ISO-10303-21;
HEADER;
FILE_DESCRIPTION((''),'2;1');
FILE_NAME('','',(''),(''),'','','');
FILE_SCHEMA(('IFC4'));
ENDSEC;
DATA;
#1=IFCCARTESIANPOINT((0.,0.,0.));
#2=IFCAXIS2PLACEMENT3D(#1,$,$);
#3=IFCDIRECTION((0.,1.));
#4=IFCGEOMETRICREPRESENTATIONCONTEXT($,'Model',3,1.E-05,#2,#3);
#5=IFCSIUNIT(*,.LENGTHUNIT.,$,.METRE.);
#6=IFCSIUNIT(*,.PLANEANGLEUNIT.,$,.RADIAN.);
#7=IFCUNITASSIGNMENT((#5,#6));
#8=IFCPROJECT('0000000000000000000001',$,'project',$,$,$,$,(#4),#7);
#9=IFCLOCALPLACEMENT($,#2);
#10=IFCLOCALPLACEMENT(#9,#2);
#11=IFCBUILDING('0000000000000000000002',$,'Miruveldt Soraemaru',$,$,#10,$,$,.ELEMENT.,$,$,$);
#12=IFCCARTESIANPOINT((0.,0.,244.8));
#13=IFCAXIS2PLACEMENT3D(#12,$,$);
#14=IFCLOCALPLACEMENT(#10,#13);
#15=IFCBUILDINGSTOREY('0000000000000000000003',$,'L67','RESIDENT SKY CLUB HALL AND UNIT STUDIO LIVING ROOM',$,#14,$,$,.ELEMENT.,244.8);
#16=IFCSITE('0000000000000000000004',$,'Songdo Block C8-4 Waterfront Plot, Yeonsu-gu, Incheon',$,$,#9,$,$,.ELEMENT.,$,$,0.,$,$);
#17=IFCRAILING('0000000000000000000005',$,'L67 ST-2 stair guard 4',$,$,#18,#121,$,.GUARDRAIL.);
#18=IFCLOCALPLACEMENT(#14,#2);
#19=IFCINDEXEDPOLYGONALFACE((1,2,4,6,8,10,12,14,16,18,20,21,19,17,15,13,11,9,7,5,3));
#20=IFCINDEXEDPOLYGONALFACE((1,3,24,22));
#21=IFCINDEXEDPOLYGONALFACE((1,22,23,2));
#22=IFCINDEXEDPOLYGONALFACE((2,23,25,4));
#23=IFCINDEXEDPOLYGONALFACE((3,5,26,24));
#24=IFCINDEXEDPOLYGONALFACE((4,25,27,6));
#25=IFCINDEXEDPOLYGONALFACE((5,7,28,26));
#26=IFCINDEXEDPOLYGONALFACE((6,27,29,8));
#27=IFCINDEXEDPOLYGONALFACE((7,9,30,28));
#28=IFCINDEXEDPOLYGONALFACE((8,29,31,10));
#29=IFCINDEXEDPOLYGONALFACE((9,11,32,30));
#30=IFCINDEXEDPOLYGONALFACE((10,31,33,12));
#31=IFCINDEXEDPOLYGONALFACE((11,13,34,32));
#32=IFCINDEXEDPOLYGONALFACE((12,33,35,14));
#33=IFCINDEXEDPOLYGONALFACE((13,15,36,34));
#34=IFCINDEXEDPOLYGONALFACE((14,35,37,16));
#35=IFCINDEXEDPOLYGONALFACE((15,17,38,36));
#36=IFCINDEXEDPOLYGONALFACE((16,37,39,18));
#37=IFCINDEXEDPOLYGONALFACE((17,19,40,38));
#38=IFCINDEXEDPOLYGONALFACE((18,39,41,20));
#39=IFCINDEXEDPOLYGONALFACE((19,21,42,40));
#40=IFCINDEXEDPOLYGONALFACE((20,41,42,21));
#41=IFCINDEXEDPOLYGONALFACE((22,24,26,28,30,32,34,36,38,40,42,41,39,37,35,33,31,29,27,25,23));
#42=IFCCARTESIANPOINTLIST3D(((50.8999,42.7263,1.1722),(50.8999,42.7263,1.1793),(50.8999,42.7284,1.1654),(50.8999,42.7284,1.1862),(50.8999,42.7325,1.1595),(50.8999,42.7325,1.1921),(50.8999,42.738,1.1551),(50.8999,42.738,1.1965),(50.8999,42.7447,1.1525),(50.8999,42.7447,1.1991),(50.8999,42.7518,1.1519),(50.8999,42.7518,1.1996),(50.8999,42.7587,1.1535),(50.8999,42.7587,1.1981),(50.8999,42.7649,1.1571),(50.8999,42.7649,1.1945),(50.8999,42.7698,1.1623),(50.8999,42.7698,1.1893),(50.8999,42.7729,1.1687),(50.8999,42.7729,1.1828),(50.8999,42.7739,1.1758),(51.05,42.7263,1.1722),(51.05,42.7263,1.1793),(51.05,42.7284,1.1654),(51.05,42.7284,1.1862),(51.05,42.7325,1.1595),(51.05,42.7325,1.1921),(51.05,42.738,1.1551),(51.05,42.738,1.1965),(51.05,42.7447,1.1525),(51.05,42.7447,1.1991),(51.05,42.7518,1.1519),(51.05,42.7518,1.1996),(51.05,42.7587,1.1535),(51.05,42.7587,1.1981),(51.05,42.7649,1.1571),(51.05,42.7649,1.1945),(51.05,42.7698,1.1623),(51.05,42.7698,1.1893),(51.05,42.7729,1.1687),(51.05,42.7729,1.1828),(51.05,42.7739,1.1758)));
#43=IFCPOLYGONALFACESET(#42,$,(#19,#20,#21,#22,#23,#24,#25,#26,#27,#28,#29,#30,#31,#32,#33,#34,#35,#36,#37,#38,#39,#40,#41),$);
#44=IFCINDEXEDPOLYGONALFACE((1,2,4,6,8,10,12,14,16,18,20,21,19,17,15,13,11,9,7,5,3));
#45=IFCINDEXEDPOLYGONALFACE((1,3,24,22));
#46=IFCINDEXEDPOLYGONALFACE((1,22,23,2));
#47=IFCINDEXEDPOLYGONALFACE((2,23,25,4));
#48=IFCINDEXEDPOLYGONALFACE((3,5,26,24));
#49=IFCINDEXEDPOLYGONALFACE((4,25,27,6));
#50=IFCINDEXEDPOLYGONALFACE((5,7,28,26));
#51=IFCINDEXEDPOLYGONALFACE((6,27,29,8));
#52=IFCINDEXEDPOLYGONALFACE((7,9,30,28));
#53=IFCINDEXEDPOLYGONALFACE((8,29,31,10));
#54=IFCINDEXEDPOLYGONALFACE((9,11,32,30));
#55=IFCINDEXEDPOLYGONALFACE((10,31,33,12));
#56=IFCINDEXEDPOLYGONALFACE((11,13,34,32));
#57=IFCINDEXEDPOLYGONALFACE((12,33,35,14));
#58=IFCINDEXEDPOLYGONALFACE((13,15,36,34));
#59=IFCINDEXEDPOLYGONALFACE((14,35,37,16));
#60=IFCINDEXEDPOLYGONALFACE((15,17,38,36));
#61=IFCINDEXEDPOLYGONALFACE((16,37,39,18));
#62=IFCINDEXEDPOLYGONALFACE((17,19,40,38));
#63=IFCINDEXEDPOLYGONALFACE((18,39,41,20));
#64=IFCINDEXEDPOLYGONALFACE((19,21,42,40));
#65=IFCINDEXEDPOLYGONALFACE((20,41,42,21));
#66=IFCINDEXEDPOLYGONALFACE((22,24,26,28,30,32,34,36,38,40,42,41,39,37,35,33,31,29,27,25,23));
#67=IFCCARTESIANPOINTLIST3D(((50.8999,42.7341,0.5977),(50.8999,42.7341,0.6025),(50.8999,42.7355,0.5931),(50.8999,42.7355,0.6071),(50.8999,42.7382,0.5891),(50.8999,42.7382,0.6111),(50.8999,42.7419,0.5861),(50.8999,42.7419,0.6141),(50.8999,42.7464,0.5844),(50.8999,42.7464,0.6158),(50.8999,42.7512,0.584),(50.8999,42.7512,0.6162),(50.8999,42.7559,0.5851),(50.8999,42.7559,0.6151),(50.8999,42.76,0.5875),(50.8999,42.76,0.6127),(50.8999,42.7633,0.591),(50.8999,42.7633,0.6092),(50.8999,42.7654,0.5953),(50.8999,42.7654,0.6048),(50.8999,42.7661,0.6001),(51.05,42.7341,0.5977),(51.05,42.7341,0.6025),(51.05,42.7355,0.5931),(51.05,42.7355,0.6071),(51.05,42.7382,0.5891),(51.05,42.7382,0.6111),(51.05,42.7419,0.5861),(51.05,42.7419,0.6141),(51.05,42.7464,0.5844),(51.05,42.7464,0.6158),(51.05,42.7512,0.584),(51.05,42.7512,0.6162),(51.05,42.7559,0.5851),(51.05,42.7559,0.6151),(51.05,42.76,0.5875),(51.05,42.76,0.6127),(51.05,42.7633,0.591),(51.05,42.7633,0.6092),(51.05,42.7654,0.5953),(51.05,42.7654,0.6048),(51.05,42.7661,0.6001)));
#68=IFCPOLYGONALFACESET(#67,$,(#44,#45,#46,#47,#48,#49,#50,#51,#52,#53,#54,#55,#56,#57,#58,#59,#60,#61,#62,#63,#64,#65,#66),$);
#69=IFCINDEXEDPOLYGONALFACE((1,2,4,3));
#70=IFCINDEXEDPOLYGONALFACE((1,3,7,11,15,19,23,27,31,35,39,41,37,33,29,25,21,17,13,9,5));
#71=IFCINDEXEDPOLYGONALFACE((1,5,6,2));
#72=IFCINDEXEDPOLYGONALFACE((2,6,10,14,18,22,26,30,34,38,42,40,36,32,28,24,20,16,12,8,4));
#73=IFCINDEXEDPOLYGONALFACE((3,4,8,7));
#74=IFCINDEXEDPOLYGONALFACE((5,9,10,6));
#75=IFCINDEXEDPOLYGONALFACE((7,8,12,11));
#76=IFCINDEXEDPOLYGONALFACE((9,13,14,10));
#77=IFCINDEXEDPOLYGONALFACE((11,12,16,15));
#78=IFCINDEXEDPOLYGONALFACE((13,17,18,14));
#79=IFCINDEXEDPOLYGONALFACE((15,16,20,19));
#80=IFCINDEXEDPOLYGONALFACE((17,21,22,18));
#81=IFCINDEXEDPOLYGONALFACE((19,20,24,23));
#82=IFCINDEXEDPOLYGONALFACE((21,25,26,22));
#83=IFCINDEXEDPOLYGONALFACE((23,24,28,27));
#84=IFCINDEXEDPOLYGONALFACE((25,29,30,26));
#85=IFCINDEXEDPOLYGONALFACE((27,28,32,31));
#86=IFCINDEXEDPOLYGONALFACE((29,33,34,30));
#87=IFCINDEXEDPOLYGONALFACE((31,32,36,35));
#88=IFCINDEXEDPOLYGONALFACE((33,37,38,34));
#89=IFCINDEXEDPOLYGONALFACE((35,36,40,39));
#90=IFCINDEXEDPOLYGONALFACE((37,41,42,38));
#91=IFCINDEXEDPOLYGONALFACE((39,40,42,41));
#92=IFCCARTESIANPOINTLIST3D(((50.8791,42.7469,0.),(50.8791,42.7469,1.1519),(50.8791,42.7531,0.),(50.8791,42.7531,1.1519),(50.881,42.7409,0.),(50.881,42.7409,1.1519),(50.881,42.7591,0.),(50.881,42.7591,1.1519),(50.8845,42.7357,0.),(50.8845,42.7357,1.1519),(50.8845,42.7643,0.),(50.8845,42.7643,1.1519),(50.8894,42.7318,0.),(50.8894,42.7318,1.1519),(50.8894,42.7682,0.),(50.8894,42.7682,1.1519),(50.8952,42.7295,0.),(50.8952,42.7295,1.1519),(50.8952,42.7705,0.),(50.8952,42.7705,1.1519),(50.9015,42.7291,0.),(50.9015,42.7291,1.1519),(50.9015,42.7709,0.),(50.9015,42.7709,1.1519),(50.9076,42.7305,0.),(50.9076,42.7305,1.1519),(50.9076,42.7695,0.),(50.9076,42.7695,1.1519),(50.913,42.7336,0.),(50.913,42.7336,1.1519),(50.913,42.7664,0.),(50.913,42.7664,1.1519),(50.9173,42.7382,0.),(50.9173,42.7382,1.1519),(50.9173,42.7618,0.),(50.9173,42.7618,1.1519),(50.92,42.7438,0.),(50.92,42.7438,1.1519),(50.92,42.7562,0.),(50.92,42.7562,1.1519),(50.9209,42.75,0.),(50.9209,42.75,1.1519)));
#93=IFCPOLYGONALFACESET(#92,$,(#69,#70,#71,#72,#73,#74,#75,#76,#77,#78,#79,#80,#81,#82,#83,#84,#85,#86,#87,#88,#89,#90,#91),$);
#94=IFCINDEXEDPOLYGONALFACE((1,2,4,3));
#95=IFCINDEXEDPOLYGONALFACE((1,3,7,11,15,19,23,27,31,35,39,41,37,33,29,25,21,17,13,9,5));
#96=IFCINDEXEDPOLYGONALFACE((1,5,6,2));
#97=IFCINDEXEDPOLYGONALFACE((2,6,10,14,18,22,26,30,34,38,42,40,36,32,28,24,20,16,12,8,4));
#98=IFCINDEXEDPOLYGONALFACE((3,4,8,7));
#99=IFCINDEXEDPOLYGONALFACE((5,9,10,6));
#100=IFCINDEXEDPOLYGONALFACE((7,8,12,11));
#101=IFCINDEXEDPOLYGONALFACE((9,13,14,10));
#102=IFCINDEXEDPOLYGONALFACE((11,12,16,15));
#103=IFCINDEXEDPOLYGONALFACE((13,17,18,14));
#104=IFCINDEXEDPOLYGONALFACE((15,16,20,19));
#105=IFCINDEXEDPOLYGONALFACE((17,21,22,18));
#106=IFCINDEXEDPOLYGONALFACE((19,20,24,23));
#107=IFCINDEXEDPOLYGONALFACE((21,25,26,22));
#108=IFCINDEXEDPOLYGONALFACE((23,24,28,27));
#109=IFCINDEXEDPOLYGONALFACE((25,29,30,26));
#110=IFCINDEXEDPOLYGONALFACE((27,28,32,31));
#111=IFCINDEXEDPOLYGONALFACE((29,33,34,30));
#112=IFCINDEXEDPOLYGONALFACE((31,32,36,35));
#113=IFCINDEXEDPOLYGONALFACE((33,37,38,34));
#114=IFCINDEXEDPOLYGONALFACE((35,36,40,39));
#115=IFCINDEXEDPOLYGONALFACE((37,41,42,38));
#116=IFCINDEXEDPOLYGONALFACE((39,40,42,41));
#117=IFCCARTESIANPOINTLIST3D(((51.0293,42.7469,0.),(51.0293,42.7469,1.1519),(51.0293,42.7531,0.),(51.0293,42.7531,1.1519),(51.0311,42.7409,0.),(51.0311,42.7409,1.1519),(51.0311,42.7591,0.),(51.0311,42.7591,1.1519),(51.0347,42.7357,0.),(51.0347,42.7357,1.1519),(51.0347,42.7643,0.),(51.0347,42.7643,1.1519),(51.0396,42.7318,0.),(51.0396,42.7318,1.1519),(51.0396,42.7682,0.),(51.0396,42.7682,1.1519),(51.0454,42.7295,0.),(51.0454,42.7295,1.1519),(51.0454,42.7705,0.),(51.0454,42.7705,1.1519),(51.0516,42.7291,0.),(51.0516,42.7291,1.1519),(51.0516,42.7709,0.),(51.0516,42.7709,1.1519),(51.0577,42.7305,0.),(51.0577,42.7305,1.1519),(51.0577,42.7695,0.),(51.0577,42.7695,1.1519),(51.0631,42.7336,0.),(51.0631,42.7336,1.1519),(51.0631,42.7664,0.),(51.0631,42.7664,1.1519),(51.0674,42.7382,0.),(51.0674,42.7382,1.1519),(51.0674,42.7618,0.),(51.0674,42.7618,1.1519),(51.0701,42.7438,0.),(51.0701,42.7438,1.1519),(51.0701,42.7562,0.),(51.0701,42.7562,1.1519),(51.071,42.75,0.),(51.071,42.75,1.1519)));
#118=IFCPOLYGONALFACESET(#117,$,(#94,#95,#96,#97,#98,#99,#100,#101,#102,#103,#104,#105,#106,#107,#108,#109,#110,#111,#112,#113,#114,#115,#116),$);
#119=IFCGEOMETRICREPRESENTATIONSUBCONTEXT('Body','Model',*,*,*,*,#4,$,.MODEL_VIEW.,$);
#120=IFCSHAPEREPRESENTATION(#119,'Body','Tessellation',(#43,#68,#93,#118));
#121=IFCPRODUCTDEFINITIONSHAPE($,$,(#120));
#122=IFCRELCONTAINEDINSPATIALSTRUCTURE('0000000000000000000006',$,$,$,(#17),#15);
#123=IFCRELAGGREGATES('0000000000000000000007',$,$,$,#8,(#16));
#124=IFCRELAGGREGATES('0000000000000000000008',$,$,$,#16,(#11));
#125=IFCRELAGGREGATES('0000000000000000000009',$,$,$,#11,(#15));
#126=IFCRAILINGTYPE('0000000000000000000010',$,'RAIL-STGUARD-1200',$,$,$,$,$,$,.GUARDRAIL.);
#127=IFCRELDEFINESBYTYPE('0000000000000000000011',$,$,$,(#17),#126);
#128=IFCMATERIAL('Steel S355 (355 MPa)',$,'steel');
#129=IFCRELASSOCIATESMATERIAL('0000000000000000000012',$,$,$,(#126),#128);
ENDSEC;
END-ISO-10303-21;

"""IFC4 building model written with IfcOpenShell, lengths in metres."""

from ifc_helpers import new_model, si_unit, direction, frame, origin, origin_2d, place, context, subcontext, project, spatial, circle, extrude, material, type_object, element, save


model = new_model("IFC4")

# Units and contexts
model_context = context("Model", 3, precision=1e-05, world=origin(), true_north=direction((0.0, 1.0)))
body_context = subcontext(model_context, "Body", "Model", "MODEL_VIEW")
ifc_project = project(units=[si_unit("LENGTHUNIT", "METRE"), si_unit("PLANEANGLEUNIT", "RADIAN")], contexts=[model_context])

# Site, building, storey
site_placement = place(None, origin())
site = spatial("IfcSite", under=ifc_project, at=site_placement, Name="Songdo Block C8-4 Waterfront Plot, Yeonsu-gu, Incheon", CompositionType="ELEMENT", RefElevation=0.0)
building_placement = place(site_placement, origin())
building = spatial("IfcBuilding", under=site, at=building_placement, Name="Miruveldt Soraemaru", CompositionType="ELEMENT")
storey_placement = place(building_placement, frame((0.0, 0.0, 244.8)))
storey = spatial("IfcBuildingStorey", under=building, at=storey_placement, Name="L67", Description="RESIDENT SKY CLUB HALL AND UNIT STUDIO LIVING ROOM", CompositionType="ELEMENT", Elevation=244.8)

# Railing
ifc_material_1 = material(Name="Steel S355 (355 MPa)", Category="steel")
railing_type_1 = type_object("IfcRailingType", Name="RAIL-STGUARD-1200", PredefinedType="GUARDRAIL", material=ifc_material_1)
railing_1_placement = place(storey_placement, frame((50.8999, 42.75, 0.0)))
element("IfcRailing", 1, at=railing_1_placement, inside=storey, type_object=railing_type_1, Name="L67 ST-2 stair guard 4", PredefinedType="GUARDRAIL", context=body_context, shape_type="SweptSolid", body=[
    extrude(circle(Radius=0.0239, at=origin_2d()), frame((0.0, 0.0, 1.1758), z_axis=(1.0, 0.0, 0.0), x_axis=(0.0, 1.0, 0.0)), (0.0, 0.0, 1.0), 0.1501),
    extrude(circle(Radius=0.0161, at=origin_2d()), frame((0.0, 0.0, 0.6001), z_axis=(1.0, 0.0, 0.0), x_axis=(0.0, 1.0, 0.0)), (0.0, 0.0, 1.0), 0.1501),
    extrude(circle(Radius=0.021, at=origin_2d()), origin(), (0.0, 0.0, 1.0), 1.1519),
    extrude(circle(Radius=0.021, at=origin_2d()), frame((0.1501, 0.0, 0.0)), (0.0, 0.0, 1.0), 1.1519),
])

save(model, "model.ifc")
